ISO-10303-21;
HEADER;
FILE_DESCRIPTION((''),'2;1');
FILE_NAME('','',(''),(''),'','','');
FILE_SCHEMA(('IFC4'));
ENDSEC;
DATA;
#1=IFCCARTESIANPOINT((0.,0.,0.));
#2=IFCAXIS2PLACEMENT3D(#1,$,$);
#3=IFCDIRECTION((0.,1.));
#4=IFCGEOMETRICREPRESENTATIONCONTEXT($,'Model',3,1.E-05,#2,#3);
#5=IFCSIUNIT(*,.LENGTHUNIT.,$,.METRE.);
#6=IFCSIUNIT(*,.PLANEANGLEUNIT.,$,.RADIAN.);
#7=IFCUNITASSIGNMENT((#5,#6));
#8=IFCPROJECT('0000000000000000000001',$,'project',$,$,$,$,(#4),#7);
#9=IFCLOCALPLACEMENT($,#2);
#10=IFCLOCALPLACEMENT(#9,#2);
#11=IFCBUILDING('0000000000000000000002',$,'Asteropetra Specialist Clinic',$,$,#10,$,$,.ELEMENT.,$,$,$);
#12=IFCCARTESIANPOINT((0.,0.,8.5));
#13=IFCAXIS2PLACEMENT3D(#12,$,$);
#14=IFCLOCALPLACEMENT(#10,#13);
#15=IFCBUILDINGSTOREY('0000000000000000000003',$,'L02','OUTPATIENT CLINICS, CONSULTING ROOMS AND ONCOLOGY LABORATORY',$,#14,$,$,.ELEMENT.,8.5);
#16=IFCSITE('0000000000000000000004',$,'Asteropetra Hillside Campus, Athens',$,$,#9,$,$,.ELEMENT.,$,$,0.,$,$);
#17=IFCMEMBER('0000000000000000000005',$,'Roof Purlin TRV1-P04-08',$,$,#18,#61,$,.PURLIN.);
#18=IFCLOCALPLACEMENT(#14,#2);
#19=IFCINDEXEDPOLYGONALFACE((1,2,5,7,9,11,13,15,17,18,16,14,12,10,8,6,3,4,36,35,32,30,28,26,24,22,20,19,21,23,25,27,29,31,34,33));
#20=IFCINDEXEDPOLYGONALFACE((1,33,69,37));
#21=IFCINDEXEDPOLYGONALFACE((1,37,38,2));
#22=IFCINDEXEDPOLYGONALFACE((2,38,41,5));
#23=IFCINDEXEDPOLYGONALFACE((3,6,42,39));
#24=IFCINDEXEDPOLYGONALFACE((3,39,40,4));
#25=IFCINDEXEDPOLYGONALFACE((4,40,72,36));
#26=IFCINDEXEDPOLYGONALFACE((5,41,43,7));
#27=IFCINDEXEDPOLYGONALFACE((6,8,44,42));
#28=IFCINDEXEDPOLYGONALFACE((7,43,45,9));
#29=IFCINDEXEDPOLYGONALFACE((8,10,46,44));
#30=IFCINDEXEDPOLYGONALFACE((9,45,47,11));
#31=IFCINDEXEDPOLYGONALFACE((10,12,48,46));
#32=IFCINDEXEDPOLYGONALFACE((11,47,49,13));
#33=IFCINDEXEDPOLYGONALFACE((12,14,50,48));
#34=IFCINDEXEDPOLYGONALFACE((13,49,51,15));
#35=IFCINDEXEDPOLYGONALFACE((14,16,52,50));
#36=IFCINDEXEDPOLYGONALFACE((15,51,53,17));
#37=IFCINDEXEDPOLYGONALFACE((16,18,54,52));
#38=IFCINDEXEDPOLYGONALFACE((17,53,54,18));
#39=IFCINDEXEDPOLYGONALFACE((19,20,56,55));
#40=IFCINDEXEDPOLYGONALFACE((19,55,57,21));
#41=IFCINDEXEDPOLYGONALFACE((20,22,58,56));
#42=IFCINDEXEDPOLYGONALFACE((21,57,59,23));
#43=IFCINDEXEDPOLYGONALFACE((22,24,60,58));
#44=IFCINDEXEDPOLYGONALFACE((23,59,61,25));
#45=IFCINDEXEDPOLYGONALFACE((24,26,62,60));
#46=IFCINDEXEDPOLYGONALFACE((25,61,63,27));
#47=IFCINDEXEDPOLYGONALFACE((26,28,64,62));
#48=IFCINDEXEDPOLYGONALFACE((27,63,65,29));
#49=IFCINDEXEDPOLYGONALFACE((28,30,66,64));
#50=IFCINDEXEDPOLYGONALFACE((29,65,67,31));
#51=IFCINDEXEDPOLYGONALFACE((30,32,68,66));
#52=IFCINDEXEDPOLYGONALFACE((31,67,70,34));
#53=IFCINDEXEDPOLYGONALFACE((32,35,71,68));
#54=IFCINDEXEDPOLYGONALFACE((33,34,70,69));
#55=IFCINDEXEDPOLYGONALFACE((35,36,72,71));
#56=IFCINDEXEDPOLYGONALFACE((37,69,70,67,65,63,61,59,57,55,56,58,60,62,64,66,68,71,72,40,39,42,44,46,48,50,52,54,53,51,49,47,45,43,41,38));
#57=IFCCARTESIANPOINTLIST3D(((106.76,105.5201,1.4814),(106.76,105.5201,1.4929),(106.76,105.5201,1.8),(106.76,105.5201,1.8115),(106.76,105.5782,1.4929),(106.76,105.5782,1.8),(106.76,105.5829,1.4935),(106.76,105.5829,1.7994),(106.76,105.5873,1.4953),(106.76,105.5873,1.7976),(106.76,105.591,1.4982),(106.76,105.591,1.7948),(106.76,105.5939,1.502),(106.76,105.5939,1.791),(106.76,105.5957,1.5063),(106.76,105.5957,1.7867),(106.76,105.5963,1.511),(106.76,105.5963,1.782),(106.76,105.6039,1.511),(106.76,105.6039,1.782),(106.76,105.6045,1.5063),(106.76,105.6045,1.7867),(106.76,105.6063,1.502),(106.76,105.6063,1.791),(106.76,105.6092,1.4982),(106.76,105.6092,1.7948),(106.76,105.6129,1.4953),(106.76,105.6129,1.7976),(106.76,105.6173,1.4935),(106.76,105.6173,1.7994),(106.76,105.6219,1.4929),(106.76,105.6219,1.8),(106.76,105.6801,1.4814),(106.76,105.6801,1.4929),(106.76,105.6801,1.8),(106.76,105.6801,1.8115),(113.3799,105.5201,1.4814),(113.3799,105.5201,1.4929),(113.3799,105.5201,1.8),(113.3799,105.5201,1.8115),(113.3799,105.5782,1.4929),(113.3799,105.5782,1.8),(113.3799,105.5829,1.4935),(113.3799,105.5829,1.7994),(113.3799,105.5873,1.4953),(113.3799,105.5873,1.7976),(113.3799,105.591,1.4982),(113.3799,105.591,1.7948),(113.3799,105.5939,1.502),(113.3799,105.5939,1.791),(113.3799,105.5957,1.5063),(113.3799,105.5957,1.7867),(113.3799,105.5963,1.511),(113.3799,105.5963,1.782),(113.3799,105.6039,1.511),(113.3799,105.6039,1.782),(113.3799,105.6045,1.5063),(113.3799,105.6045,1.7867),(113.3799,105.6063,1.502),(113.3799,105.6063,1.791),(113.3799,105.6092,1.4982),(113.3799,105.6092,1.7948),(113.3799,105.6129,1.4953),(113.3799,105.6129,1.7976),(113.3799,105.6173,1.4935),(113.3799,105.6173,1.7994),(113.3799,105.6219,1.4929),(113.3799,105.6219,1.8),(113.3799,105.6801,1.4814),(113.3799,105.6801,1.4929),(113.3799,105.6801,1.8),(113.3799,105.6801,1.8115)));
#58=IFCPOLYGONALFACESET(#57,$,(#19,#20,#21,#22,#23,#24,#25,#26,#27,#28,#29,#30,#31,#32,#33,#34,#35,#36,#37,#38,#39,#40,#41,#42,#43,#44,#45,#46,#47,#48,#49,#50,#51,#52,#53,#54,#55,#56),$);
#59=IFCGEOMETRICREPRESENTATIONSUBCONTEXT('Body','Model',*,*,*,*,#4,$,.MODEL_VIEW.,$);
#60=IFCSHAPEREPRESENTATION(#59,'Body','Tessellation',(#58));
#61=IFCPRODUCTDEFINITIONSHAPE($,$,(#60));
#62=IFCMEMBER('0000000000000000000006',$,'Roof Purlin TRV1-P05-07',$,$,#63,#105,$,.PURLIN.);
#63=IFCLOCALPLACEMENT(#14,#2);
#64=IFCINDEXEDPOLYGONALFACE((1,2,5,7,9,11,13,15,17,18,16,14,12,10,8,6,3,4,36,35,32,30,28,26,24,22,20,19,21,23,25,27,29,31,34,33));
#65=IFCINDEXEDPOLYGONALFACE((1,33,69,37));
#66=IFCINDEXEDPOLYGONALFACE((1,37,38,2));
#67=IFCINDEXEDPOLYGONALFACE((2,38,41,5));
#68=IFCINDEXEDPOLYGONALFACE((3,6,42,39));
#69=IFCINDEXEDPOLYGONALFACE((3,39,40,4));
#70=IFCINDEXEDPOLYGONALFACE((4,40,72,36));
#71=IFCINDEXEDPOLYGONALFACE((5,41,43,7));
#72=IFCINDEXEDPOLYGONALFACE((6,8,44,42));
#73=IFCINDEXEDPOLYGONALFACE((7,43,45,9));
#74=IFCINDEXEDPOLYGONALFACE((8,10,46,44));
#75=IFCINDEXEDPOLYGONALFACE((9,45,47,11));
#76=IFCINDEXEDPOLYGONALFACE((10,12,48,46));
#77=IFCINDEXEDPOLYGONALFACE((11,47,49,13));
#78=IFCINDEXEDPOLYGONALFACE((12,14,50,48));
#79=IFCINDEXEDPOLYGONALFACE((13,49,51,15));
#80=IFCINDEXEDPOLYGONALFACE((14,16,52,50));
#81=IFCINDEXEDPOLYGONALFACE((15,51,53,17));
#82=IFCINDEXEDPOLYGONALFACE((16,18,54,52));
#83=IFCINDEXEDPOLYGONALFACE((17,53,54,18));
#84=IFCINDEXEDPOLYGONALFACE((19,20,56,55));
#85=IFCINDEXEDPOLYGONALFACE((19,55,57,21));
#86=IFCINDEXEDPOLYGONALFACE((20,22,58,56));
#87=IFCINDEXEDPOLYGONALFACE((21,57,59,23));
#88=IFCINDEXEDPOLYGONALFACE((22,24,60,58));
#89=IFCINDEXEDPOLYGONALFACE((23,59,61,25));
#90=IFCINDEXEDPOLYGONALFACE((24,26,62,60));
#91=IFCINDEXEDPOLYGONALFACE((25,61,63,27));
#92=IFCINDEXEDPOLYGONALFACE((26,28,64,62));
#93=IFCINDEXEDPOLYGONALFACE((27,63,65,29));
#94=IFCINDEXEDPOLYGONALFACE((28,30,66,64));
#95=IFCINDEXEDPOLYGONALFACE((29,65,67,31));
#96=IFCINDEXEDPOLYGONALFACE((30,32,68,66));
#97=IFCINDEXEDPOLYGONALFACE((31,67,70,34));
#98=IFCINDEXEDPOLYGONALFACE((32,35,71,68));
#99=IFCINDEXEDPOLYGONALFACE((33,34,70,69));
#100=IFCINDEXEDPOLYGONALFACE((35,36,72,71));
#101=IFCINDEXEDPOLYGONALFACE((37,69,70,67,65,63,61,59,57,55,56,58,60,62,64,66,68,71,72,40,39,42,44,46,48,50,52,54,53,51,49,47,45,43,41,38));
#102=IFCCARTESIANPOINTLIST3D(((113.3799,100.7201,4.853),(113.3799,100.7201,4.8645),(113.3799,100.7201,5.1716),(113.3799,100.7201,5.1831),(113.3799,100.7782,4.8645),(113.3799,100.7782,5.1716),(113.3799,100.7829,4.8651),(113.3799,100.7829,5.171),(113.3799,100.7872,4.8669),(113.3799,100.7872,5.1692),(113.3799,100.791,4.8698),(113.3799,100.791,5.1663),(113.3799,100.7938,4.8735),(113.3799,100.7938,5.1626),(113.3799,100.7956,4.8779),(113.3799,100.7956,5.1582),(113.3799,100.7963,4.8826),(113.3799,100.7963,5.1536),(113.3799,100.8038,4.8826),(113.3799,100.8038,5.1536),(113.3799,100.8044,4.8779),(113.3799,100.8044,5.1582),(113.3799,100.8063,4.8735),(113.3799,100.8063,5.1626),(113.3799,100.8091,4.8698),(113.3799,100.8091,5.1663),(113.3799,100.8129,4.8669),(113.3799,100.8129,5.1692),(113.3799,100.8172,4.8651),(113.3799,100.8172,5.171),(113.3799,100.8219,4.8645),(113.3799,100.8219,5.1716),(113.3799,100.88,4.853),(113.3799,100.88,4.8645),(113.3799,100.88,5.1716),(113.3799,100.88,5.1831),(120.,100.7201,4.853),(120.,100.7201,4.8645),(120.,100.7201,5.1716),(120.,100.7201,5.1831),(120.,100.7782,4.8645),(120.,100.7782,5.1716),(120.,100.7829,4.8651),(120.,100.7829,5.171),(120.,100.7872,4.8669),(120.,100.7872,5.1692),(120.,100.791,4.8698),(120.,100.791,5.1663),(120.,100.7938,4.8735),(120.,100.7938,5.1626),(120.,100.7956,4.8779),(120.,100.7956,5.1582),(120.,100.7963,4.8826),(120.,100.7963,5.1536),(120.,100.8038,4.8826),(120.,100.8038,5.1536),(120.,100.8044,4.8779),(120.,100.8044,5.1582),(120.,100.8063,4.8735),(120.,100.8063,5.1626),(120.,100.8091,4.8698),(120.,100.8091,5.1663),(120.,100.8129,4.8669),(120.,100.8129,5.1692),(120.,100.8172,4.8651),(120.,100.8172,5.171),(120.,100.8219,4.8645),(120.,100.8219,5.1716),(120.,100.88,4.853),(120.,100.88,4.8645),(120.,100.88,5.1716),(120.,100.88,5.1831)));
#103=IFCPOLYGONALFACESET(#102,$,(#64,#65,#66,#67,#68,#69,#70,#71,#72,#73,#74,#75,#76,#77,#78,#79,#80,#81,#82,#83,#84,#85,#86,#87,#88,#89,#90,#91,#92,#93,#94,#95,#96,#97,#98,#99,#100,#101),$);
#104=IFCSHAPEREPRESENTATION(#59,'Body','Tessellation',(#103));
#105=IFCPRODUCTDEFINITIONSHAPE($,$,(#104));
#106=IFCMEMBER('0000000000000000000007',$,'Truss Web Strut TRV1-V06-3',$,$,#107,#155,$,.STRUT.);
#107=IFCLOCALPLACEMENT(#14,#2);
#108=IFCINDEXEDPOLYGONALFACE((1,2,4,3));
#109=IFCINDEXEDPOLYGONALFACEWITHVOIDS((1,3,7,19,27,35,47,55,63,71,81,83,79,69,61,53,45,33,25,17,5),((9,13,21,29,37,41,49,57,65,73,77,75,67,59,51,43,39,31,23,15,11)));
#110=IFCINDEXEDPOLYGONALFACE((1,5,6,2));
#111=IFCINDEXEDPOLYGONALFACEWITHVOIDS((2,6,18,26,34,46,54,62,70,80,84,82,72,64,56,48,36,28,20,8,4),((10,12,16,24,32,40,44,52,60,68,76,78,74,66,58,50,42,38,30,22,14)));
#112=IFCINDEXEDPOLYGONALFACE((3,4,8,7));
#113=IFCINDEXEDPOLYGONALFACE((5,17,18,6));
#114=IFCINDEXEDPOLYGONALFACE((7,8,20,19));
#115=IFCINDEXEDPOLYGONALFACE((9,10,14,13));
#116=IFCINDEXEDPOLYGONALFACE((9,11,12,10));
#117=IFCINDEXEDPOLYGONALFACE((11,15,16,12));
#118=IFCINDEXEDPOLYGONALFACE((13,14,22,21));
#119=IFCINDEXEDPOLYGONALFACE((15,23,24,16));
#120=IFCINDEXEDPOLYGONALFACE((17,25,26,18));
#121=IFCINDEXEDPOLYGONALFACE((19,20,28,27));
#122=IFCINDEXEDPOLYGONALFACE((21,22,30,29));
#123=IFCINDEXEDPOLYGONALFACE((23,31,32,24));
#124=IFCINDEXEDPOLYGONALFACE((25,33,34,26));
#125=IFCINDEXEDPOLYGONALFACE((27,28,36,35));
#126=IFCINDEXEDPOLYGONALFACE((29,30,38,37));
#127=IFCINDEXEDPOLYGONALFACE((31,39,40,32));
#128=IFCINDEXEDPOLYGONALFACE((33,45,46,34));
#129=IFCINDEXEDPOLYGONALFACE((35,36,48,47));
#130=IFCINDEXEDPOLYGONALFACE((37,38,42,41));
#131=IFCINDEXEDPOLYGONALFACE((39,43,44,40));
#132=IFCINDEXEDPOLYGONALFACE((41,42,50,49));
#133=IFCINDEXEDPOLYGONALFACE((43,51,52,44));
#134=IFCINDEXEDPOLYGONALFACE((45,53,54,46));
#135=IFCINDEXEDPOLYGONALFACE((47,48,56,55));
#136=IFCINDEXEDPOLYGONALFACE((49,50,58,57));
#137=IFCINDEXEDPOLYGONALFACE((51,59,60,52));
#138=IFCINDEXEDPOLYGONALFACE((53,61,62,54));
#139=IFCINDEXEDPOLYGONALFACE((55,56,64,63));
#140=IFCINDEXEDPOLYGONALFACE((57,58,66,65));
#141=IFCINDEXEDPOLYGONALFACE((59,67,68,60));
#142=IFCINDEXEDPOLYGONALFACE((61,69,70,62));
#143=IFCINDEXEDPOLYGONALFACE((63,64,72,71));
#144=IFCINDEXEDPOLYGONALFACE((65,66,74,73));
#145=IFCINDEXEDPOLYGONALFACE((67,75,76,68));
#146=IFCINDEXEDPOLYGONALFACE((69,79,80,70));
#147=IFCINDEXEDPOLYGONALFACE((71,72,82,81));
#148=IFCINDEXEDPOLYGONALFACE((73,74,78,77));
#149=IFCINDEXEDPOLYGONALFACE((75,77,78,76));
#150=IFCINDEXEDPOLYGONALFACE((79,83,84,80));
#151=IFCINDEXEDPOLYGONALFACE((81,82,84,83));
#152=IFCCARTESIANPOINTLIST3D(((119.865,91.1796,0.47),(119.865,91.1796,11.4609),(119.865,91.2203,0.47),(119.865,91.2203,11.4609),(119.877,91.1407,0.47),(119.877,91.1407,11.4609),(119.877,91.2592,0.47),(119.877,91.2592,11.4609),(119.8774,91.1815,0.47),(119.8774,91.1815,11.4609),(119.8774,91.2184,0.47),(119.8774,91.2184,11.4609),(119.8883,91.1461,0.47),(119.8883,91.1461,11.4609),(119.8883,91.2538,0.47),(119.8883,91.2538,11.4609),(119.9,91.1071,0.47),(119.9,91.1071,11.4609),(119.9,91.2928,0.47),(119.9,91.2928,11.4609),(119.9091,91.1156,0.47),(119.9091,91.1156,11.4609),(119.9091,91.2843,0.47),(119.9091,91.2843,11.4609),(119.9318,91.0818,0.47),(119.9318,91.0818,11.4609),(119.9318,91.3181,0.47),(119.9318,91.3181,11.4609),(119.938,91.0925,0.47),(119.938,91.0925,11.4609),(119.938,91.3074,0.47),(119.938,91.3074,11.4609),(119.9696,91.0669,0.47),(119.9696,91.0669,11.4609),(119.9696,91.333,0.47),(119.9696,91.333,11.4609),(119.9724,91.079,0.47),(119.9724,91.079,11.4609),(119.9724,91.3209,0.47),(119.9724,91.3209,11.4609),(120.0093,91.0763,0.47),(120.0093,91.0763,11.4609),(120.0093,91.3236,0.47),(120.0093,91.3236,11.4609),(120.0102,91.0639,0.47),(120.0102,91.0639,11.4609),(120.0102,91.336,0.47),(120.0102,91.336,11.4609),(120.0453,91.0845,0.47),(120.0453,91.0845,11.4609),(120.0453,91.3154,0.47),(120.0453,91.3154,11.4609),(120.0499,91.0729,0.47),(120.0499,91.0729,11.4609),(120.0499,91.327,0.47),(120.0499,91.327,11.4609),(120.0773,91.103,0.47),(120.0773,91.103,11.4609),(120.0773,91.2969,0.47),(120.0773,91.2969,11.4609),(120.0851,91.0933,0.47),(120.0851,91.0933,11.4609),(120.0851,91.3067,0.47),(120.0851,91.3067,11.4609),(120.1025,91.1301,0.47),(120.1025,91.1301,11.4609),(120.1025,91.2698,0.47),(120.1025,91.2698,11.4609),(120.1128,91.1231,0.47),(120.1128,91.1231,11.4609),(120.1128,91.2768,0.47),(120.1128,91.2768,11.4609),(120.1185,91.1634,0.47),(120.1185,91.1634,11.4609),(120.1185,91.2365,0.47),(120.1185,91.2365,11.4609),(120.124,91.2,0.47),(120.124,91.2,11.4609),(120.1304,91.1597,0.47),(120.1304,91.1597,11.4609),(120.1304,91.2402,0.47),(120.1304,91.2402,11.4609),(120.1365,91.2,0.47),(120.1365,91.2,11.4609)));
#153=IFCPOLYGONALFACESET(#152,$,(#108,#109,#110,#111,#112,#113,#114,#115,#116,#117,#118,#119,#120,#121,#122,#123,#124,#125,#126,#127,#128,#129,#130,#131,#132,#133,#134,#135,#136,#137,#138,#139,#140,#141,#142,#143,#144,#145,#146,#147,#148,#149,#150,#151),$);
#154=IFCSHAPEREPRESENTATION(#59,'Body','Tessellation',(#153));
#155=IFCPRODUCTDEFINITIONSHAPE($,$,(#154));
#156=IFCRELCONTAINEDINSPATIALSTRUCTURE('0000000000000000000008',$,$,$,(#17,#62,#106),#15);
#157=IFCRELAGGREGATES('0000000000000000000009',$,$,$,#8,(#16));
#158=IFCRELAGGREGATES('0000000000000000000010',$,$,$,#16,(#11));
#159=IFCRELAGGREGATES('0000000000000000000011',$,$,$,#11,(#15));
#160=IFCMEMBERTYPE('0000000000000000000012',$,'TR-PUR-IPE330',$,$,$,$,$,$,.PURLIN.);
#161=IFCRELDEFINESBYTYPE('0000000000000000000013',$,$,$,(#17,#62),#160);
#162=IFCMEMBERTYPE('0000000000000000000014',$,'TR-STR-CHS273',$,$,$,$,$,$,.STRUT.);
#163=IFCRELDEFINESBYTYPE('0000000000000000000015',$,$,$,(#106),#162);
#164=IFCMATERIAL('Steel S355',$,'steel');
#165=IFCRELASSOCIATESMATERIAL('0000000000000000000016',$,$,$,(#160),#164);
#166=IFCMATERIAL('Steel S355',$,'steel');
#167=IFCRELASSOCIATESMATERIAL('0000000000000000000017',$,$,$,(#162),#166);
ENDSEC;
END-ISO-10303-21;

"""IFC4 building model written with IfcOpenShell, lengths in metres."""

from ifc_helpers import new_model, si_unit, direction, frame, origin, origin_2d, place, context, subcontext, project, spatial, hollow_circle, i_section, extrude, material, material_profile, profile_set, type_object, element, save


model = new_model("IFC4")

# Units and contexts
model_context = context("Model", 3, precision=1e-05, world=origin(), true_north=direction((0.0, 1.0)))
body_context = subcontext(model_context, "Body", "Model", "MODEL_VIEW")
ifc_project = project(units=[si_unit("LENGTHUNIT", "METRE"), si_unit("PLANEANGLEUNIT", "RADIAN")], contexts=[model_context])

# Site, building, storey
site_placement = place(None, origin())
site = spatial("IfcSite", under=ifc_project, at=site_placement, Name="Asteropetra Hillside Campus, Athens", CompositionType="ELEMENT", RefElevation=0.0)
building_placement = place(site_placement, origin())
building = spatial("IfcBuilding", under=site, at=building_placement, Name="Asteropetra Specialist Clinic", CompositionType="ELEMENT")
storey_placement = place(building_placement, frame((0.0, 0.0, 8.5)))
storey = spatial("IfcBuildingStorey", under=building, at=storey_placement, Name="L02", Description="OUTPATIENT CLINICS, CONSULTING ROOMS AND ONCOLOGY LABORATORY", CompositionType="ELEMENT", Elevation=8.5)

# Members
ifc_material_1 = material(Name="Steel S355", Category="steel")
ifc_material_profile_1 = material_profile(ifc_material_1, i_section(OverallWidth=0.1599, OverallDepth=0.3301, WebThickness=0.0076, FlangeThickness=0.0115, FilletRadius=0.0181, at=origin_2d()), Name="IPE 330")
ifc_profile_set_1 = profile_set([ifc_material_profile_1], Name="Steel S355")
member_type_1 = type_object("IfcMemberType", Name="TR-PUR-IPE330", PredefinedType="PURLIN", material=ifc_profile_set_1)
member_1_placement = place(storey_placement, frame((106.76, 105.6001, 1.6465), z_axis=(1.0, 0.0, 0.0), x_axis=(0.0, 1.0, 0.0)))
element("IfcMember", 1, at=member_1_placement, inside=storey, type_object=member_type_1, Name="Roof Purlin TRV1-P04-08", PredefinedType="PURLIN", context=body_context, shape_type="SweptSolid", body=[
    extrude(i_section(OverallWidth=0.1599, OverallDepth=0.3301, WebThickness=0.0076, FlangeThickness=0.0115, FilletRadius=0.0181, at=origin_2d()), origin(), (0.0, 0.0, 1.0), 6.6199),
])
member_2_placement = place(storey_placement, frame((113.3799, 100.8, 5.0181), z_axis=(1.0, 0.0, 0.0), x_axis=(0.0, 1.0, 0.0)))
element("IfcMember", 2, at=member_2_placement, inside=storey, type_object=member_type_1, Name="Roof Purlin TRV1-P05-07", PredefinedType="PURLIN", context=body_context, shape_type="SweptSolid", body=[
    extrude(i_section(OverallWidth=0.1599, OverallDepth=0.3301, WebThickness=0.0076, FlangeThickness=0.0115, FilletRadius=0.0181, at=origin_2d()), origin(), (0.0, 0.0, 1.0), 6.6201),
])
ifc_material_2 = material(Name="Steel S355", Category="steel")
ifc_material_profile_2 = material_profile(ifc_material_2, hollow_circle(Radius=0.1365, WallThickness=0.0125, at=origin_2d()), Name="CHS 273.0x12.5")
ifc_profile_set_2 = profile_set([ifc_material_profile_2], Name="Steel S355")
member_type_2 = type_object("IfcMemberType", Name="TR-STR-CHS273", PredefinedType="STRUT", material=ifc_profile_set_2)
member_3_placement = place(storey_placement, frame((120.0, 91.2, 0.47), z_axis=(0.0, 0.0, 1.0), x_axis=(1.0, 0.0, 0.0)))
element("IfcMember", 3, at=member_3_placement, inside=storey, type_object=member_type_2, Name="Truss Web Strut TRV1-V06-3", PredefinedType="STRUT", context=body_context, shape_type="SweptSolid", body=[
    extrude(hollow_circle(Radius=0.1365, WallThickness=0.0125, at=origin_2d()), origin(), (0.0, 0.0, 1.0), 10.991),
])

save(model, "model.ifc")
